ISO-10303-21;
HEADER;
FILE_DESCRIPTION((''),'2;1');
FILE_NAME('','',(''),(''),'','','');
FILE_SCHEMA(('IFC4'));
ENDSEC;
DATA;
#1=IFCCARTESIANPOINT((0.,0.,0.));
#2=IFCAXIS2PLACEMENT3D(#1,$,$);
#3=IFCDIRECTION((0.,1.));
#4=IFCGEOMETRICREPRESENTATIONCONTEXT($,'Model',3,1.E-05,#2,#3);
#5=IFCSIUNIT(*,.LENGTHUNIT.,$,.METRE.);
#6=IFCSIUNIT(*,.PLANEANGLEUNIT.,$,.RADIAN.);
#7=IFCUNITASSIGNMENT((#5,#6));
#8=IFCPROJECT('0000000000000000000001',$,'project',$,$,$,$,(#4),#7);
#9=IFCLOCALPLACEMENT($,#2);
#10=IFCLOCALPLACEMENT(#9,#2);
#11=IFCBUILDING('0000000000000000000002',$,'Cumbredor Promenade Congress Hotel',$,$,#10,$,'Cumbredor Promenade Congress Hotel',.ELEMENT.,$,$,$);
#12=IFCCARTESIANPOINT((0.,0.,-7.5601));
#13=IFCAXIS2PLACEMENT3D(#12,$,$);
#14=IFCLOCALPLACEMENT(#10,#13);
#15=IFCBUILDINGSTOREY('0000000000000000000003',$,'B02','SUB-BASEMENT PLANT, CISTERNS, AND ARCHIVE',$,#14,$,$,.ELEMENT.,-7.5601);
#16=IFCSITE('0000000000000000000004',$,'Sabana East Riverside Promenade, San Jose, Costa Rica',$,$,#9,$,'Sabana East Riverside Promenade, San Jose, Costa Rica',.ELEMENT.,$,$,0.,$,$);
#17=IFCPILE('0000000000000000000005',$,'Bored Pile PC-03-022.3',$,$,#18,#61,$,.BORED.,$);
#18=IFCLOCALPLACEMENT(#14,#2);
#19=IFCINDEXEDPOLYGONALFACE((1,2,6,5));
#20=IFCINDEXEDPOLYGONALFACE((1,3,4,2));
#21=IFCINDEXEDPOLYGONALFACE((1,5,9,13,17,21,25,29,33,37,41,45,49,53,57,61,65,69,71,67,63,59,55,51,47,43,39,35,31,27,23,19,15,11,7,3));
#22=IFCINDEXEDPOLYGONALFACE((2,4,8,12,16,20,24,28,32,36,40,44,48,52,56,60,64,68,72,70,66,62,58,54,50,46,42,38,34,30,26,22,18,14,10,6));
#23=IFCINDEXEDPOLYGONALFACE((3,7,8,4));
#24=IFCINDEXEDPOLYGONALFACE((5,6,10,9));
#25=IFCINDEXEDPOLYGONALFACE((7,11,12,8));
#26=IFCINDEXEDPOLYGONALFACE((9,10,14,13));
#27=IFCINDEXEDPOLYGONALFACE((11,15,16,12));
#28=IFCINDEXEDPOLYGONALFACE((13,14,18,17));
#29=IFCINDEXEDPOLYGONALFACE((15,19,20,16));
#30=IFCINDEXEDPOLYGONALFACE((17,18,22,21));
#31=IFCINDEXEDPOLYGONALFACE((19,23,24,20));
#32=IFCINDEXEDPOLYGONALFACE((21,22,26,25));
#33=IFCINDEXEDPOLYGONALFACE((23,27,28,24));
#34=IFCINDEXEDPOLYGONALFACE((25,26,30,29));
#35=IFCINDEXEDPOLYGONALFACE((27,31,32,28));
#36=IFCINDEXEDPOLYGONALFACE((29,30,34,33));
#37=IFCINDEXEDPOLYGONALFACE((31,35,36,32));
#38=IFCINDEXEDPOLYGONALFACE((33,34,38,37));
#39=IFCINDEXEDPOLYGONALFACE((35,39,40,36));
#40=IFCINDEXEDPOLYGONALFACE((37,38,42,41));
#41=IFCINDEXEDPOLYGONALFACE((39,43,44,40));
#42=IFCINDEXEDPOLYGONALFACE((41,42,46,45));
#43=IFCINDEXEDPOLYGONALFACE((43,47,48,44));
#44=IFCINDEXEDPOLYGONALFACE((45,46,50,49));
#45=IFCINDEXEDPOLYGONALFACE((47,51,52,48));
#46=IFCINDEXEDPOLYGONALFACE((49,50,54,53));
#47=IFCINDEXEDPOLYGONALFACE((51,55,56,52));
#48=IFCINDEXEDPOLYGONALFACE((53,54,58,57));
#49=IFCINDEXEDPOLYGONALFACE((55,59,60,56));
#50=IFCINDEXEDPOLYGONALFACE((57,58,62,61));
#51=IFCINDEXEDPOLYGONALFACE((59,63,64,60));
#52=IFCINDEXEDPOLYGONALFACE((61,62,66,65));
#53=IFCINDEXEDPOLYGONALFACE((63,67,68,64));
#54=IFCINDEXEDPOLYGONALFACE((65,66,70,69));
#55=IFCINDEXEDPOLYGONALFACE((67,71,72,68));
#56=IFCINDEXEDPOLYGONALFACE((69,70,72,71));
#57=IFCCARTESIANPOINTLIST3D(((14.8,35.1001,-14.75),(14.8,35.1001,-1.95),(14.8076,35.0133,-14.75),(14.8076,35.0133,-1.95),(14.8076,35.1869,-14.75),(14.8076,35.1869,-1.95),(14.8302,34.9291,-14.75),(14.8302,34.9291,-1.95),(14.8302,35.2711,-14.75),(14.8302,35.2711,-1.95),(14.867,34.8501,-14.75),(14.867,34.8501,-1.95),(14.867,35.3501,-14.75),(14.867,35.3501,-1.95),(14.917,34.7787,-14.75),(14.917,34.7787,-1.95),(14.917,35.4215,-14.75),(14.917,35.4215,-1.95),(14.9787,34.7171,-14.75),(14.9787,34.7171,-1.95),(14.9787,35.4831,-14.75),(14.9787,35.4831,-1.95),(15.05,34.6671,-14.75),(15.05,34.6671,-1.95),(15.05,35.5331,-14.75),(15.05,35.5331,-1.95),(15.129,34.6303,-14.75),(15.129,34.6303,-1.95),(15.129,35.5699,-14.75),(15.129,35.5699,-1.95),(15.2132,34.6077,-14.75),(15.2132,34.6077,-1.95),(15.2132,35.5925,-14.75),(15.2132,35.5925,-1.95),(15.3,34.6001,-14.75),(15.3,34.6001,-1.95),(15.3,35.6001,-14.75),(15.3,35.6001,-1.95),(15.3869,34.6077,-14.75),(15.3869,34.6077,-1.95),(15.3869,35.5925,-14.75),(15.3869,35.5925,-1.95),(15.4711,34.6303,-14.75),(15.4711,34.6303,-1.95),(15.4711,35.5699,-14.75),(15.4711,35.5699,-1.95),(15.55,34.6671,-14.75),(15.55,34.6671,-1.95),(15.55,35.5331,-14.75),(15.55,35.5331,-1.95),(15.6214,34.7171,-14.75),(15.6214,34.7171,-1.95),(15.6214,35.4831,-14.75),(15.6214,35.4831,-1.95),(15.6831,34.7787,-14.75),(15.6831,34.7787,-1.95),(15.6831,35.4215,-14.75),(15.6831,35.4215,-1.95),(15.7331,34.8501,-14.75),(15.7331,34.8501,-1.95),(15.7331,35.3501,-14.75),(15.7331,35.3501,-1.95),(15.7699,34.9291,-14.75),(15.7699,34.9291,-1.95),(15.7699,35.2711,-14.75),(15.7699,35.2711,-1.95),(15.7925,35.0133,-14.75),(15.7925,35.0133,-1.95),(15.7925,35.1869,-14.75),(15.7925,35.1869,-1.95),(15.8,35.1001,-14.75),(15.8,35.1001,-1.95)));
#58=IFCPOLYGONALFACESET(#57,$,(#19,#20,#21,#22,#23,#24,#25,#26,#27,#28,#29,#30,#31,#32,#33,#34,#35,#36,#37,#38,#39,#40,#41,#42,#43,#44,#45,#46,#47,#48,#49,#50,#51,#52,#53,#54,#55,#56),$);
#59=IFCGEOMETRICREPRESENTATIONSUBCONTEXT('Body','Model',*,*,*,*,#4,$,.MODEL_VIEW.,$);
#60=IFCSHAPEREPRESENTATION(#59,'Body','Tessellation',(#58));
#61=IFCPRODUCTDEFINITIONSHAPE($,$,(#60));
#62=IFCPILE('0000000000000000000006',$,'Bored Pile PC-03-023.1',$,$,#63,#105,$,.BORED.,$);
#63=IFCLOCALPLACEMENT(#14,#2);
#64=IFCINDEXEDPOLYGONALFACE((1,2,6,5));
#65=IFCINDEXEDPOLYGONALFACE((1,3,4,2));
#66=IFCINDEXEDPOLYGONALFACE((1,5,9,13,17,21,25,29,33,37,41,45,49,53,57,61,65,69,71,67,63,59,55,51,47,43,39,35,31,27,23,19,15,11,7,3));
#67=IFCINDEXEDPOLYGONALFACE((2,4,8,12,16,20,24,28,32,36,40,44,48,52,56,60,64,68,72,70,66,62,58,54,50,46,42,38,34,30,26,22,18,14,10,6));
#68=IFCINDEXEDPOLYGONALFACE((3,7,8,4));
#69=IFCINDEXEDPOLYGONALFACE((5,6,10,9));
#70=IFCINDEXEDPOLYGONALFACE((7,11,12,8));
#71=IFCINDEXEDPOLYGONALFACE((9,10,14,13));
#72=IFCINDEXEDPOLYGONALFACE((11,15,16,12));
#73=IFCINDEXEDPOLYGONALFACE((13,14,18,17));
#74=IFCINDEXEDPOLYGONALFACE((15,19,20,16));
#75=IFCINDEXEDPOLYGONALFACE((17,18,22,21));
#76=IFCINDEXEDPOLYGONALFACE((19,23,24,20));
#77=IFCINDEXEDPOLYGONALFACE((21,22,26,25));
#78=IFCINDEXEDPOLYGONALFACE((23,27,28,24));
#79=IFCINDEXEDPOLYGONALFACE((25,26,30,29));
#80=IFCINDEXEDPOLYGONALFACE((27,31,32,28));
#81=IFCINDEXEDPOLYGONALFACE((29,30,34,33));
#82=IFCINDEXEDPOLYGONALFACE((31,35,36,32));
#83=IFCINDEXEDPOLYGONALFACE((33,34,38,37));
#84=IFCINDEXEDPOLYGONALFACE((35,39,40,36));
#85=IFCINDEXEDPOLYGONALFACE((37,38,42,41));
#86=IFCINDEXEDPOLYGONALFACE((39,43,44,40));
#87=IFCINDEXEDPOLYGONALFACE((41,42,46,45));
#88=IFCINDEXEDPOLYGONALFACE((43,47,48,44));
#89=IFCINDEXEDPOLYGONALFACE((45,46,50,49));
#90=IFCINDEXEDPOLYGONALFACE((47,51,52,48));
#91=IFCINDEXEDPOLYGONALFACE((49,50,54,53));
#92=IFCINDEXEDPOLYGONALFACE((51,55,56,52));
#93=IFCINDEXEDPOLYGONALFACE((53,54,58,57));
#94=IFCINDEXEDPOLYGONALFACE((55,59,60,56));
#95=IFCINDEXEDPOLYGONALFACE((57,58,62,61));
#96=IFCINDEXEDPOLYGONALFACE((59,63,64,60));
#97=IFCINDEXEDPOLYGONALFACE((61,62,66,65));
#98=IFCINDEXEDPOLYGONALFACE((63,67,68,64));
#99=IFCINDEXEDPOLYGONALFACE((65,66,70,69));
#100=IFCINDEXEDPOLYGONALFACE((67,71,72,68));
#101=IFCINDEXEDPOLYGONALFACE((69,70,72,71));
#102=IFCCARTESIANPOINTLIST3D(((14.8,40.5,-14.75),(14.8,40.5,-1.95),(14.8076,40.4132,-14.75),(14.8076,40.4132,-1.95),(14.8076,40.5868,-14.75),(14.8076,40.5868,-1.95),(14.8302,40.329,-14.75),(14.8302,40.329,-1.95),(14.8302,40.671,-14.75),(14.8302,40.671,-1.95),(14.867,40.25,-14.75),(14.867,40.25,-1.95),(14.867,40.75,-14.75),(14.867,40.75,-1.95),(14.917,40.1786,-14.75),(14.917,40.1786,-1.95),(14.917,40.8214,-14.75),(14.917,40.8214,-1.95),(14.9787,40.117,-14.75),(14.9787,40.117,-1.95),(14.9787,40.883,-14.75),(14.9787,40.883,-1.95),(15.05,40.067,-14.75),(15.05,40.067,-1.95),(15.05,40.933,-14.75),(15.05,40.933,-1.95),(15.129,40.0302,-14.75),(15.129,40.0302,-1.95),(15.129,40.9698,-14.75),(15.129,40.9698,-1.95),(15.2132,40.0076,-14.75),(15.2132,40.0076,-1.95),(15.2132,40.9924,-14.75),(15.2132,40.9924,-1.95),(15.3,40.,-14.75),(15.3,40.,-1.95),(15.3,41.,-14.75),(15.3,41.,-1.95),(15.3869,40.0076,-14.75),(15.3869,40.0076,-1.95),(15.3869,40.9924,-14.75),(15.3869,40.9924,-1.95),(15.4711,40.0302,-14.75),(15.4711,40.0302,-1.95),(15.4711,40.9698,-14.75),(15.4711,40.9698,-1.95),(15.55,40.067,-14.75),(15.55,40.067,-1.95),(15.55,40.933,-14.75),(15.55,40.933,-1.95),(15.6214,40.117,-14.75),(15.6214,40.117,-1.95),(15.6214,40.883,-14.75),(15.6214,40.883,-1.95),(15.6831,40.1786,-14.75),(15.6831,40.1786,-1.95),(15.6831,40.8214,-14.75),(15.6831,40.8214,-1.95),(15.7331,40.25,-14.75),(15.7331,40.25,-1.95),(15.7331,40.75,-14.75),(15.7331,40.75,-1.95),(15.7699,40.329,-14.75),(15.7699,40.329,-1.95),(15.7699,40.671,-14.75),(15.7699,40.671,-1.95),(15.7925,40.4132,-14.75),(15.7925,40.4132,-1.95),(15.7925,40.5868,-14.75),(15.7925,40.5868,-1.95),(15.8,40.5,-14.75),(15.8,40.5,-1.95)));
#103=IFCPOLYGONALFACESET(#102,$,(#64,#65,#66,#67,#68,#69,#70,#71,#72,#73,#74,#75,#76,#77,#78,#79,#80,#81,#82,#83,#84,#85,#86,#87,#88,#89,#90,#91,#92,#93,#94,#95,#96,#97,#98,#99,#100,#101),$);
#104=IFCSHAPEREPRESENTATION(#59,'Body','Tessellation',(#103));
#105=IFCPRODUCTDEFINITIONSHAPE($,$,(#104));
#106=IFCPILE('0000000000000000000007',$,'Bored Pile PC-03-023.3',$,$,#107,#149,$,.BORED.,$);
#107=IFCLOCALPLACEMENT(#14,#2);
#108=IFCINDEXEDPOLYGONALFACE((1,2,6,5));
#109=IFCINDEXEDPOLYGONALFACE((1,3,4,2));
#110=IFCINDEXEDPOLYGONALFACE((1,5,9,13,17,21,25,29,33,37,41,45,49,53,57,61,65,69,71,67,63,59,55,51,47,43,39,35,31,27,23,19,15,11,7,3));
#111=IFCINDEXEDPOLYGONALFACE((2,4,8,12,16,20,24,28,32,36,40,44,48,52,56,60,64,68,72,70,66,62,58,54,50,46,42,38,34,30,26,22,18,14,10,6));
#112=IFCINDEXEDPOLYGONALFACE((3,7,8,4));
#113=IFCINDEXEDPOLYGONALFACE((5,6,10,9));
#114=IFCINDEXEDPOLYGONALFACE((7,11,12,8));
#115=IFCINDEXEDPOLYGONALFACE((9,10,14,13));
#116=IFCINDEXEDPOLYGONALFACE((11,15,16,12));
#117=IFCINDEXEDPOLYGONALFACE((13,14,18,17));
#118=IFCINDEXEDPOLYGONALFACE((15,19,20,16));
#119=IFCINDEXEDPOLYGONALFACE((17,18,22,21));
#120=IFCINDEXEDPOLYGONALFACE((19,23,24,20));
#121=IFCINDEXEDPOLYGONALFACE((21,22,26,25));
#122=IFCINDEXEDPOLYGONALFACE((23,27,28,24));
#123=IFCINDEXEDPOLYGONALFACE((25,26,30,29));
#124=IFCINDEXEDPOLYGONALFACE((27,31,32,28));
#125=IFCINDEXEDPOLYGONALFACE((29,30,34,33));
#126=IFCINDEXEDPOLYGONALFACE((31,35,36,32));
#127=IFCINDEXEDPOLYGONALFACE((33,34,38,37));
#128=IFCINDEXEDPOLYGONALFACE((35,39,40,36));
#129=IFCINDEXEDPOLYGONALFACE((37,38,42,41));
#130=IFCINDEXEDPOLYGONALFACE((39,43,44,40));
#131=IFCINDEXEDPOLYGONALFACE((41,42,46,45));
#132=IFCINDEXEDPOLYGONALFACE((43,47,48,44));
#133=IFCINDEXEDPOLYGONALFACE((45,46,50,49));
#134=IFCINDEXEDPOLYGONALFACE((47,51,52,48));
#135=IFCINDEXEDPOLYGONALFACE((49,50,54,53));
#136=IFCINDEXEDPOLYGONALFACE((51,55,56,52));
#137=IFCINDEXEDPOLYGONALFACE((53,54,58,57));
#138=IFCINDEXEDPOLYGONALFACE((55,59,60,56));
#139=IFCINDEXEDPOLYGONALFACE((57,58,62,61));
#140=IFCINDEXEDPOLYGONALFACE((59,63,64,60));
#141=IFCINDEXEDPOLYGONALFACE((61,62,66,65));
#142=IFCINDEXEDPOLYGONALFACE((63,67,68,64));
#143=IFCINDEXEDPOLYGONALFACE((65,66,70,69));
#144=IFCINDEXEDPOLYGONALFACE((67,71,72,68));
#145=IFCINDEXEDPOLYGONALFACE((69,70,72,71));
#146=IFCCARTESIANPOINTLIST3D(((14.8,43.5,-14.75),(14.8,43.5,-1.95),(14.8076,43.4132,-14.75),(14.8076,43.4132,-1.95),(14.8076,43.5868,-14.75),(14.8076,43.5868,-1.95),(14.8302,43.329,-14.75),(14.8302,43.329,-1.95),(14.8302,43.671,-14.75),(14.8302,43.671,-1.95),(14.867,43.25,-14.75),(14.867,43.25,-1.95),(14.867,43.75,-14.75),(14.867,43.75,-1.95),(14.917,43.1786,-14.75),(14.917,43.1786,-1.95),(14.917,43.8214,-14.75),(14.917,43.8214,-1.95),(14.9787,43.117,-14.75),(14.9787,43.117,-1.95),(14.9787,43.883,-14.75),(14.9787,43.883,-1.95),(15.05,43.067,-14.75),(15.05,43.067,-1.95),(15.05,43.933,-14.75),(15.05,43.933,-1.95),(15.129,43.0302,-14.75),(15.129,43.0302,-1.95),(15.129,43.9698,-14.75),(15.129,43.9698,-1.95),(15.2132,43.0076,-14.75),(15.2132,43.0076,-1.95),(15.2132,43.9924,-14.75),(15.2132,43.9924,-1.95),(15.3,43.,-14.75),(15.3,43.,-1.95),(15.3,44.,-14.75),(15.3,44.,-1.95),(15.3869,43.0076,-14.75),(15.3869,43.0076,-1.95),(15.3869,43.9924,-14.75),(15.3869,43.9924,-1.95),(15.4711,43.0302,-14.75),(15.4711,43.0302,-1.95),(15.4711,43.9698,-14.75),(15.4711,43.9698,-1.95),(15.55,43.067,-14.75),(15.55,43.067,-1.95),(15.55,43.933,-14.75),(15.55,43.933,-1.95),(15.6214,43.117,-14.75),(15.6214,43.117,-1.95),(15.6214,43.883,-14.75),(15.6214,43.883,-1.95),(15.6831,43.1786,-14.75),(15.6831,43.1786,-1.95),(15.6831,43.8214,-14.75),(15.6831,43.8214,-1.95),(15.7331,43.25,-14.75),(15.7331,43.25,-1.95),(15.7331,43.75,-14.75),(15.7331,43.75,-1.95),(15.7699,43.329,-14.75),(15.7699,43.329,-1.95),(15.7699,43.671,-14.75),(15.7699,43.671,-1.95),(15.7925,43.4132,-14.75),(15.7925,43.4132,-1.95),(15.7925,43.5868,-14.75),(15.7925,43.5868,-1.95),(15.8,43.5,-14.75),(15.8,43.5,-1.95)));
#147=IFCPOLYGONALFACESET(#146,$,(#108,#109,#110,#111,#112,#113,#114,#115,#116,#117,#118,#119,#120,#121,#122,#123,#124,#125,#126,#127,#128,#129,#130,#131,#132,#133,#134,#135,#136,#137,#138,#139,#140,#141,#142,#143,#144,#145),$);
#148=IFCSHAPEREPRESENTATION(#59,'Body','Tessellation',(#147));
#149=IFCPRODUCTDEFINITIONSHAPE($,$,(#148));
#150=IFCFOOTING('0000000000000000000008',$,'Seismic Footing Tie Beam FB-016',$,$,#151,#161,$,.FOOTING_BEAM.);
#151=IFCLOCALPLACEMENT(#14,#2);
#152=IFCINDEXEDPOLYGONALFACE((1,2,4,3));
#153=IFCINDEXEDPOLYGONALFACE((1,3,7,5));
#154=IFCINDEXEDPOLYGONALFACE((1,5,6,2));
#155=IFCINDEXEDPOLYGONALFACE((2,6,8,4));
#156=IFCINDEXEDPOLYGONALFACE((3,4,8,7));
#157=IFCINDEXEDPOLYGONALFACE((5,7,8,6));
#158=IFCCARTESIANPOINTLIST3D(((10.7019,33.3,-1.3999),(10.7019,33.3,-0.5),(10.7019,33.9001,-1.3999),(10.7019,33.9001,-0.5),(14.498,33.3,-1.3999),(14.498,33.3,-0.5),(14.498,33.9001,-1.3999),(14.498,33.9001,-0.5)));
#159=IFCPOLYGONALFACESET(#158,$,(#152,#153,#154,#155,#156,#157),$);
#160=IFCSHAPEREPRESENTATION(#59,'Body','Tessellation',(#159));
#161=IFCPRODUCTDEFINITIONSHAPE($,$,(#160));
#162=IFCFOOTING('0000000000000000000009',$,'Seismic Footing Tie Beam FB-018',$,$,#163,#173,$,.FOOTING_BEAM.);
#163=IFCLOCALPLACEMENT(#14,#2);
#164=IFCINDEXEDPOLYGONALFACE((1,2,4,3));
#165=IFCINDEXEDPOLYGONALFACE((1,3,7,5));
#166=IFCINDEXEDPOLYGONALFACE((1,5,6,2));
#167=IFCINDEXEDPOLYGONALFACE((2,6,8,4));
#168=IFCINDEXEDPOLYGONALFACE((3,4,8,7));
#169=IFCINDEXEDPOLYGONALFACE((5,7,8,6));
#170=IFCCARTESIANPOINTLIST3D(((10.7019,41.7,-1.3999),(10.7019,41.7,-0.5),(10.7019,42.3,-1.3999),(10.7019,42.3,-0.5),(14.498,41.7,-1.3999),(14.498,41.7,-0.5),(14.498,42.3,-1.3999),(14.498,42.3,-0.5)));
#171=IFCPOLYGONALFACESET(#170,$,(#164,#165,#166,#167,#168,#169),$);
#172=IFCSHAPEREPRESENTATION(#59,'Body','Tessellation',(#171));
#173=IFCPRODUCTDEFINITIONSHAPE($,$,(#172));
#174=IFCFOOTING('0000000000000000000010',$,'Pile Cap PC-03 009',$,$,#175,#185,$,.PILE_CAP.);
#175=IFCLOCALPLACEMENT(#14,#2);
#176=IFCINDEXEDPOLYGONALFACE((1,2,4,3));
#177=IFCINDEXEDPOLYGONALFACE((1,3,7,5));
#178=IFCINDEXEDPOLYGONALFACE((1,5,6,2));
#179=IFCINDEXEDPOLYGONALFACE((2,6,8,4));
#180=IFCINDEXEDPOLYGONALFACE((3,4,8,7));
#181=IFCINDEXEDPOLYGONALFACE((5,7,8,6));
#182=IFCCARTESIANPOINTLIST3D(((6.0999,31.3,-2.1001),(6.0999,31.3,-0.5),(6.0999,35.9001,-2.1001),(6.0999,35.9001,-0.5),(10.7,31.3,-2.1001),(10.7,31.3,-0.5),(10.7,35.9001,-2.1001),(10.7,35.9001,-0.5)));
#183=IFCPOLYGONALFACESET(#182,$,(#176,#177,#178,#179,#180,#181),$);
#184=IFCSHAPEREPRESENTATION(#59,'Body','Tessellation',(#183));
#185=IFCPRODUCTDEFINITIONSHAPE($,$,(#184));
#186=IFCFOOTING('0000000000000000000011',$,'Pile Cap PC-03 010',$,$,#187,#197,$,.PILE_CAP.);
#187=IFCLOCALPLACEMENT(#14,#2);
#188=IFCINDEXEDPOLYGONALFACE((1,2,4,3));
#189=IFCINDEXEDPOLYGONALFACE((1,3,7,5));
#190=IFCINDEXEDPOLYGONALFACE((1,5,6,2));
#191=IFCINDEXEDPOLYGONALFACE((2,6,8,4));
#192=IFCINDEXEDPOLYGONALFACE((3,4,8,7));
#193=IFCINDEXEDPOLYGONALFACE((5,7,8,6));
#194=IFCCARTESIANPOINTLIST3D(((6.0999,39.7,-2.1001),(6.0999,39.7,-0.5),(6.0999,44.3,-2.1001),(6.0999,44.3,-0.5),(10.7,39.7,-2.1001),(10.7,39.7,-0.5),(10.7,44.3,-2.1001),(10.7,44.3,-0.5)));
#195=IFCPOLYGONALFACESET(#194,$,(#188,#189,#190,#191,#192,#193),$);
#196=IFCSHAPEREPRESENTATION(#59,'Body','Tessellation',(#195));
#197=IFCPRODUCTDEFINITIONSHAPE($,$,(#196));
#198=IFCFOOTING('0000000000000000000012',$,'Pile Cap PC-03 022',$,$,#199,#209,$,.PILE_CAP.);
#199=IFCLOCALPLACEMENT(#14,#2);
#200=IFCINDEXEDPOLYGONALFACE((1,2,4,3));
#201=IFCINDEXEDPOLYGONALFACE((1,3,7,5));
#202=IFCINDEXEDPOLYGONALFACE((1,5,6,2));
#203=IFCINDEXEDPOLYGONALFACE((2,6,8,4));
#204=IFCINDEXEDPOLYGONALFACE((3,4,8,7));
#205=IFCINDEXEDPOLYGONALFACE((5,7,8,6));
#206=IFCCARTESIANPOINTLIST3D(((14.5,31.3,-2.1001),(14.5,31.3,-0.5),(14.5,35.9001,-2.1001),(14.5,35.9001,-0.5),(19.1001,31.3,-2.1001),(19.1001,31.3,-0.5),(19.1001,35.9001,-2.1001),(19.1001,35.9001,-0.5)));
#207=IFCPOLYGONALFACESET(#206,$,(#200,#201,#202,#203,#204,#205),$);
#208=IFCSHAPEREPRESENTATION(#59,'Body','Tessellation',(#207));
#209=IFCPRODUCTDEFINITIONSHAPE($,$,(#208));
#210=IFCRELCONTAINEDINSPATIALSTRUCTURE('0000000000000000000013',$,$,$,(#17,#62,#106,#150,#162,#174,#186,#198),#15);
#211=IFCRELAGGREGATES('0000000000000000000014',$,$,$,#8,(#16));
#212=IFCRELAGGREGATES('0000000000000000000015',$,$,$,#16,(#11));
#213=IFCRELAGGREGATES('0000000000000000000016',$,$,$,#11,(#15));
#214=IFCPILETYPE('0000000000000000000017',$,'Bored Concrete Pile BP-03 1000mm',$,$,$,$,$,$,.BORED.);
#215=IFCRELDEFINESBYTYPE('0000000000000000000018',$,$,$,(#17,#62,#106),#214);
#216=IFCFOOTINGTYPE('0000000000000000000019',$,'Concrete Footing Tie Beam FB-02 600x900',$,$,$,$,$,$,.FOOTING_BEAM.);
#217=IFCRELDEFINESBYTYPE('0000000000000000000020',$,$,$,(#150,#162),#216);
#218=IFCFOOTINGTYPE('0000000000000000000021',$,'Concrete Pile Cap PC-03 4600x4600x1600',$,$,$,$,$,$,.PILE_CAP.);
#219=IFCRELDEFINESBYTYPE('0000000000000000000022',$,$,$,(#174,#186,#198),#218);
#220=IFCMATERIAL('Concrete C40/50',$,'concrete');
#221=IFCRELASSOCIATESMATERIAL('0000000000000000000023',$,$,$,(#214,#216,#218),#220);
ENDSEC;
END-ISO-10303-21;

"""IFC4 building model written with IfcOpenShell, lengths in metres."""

from ifc_helpers import new_model, si_unit, direction, frame, origin, origin_2d, place, context, subcontext, project, spatial, rectangle, circle, extrude, material, material_profile, profile_set, type_object, element, save


model = new_model("IFC4")

# Units and contexts
model_context = context("Model", 3, precision=1e-05, world=origin(), true_north=direction((0.0, 1.0)))
body_context = subcontext(model_context, "Body", "Model", "MODEL_VIEW")
ifc_project = project(units=[si_unit("LENGTHUNIT", "METRE"), si_unit("PLANEANGLEUNIT", "RADIAN")], contexts=[model_context])

# Site, building, storey
site_placement = place(None, origin())
site = spatial("IfcSite", under=ifc_project, at=site_placement, Name="Sabana East Riverside Promenade, San Jose, Costa Rica", LongName="Sabana East Riverside Promenade, San Jose, Costa Rica", CompositionType="ELEMENT", RefElevation=0.0)
building_placement = place(site_placement, origin())
building = spatial("IfcBuilding", under=site, at=building_placement, Name="Cumbredor Promenade Congress Hotel", LongName="Cumbredor Promenade Congress Hotel", CompositionType="ELEMENT")
storey_placement = place(building_placement, frame((0.0, 0.0, -7.5601)))
storey = spatial("IfcBuildingStorey", under=building, at=storey_placement, Name="B02", Description="SUB-BASEMENT PLANT, CISTERNS, AND ARCHIVE", CompositionType="ELEMENT", Elevation=-7.5601)

# Piles
ifc_material_1 = material(Name="Concrete C40/50", Category="concrete")
ifc_material_profile_1 = material_profile(ifc_material_1, circle(Radius=0.5, at=origin_2d()), Name="PILE D1000")
ifc_profile_set_1 = profile_set([ifc_material_profile_1], Name="Concrete C40/50")
pile_type = type_object("IfcPileType", Name="Bored Concrete Pile BP-03 1000mm", PredefinedType="BORED", material=ifc_profile_set_1)
for number, where, z_axis, x_axis, name in (
    (1, (15.3, 35.1001, -1.95), (0.0, 0.0, -1.0), (1.0, 0.0, 0.0), "Bored Pile PC-03-022.3"),
    (2, (15.3, 40.5, -1.95), (0.0, 0.0, -1.0), (1.0, 0.0, 0.0), "Bored Pile PC-03-023.1"),
    (3, (15.3, 43.5, -1.95), (0.0, 0.0, -1.0), (1.0, 0.0, 0.0), "Bored Pile PC-03-023.3"),
):
    element("IfcPile", number, at=place(storey_placement, frame(where, z_axis=z_axis, x_axis=x_axis)), inside=storey, type_object=pile_type, Name=name, PredefinedType="BORED", context=body_context, shape_type="SweptSolid", body=[
        extrude(circle(Radius=0.5, at=origin_2d()), origin(), (0.0, 0.0, 1.0), 12.8),
    ])

# Footings
ifc_material_profile_2 = material_profile(ifc_material_1, rectangle(XDim=0.6001, YDim=0.8999, at=origin_2d()), Name="FB 600x900")
ifc_profile_set_2 = profile_set([ifc_material_profile_2], Name="Concrete C40/50")
footing_type_1 = type_object("IfcFootingType", Name="Concrete Footing Tie Beam FB-02 600x900", PredefinedType="FOOTING_BEAM", material=ifc_profile_set_2)
for number, where, z_axis, x_axis, name in (
    (4, (10.7019, 33.6001, -0.95), (1.0, 0.0, 0.0), (0.0, 1.0, 0.0), "Seismic Footing Tie Beam FB-016"),
    (5, (10.7019, 42.0, -0.95), (1.0, 0.0, 0.0), (0.0, 1.0, 0.0), "Seismic Footing Tie Beam FB-018"),
):
    element("IfcFooting", number, at=place(storey_placement, frame(where, z_axis=z_axis, x_axis=x_axis)), inside=storey, type_object=footing_type_1, Name=name, PredefinedType="FOOTING_BEAM", context=body_context, shape_type="SweptSolid", body=[
        extrude(rectangle(XDim=0.6001, YDim=0.8999, at=origin_2d()), origin(), (0.0, 0.0, 1.0), 3.7961),
    ])
footing_type_2 = type_object("IfcFootingType", Name="Concrete Pile Cap PC-03 4600x4600x1600", PredefinedType="PILE_CAP", material=ifc_material_1)
for number, where, z_axis, x_axis, name in (
    (6, (8.3999, 33.6001, -2.1001), (0.0, 0.0, 1.0), (1.0, 0.0, 0.0), "Pile Cap PC-03 009"),
    (7, (8.3999, 42.0, -2.1001), (0.0, 0.0, 1.0), (1.0, 0.0, 0.0), "Pile Cap PC-03 010"),
    (8, (16.8, 33.6001, -2.1001), (0.0, 0.0, 1.0), (1.0, 0.0, 0.0), "Pile Cap PC-03 022"),
):
    element("IfcFooting", number, at=place(storey_placement, frame(where, z_axis=z_axis, x_axis=x_axis)), inside=storey, type_object=footing_type_2, Name=name, PredefinedType="PILE_CAP", context=body_context, shape_type="SweptSolid", body=[
        extrude(rectangle(XDim=4.6001, YDim=4.6001, at=origin_2d()), origin(), (0.0, 0.0, 1.0), 1.6001),
    ])

save(model, "model.ifc")
